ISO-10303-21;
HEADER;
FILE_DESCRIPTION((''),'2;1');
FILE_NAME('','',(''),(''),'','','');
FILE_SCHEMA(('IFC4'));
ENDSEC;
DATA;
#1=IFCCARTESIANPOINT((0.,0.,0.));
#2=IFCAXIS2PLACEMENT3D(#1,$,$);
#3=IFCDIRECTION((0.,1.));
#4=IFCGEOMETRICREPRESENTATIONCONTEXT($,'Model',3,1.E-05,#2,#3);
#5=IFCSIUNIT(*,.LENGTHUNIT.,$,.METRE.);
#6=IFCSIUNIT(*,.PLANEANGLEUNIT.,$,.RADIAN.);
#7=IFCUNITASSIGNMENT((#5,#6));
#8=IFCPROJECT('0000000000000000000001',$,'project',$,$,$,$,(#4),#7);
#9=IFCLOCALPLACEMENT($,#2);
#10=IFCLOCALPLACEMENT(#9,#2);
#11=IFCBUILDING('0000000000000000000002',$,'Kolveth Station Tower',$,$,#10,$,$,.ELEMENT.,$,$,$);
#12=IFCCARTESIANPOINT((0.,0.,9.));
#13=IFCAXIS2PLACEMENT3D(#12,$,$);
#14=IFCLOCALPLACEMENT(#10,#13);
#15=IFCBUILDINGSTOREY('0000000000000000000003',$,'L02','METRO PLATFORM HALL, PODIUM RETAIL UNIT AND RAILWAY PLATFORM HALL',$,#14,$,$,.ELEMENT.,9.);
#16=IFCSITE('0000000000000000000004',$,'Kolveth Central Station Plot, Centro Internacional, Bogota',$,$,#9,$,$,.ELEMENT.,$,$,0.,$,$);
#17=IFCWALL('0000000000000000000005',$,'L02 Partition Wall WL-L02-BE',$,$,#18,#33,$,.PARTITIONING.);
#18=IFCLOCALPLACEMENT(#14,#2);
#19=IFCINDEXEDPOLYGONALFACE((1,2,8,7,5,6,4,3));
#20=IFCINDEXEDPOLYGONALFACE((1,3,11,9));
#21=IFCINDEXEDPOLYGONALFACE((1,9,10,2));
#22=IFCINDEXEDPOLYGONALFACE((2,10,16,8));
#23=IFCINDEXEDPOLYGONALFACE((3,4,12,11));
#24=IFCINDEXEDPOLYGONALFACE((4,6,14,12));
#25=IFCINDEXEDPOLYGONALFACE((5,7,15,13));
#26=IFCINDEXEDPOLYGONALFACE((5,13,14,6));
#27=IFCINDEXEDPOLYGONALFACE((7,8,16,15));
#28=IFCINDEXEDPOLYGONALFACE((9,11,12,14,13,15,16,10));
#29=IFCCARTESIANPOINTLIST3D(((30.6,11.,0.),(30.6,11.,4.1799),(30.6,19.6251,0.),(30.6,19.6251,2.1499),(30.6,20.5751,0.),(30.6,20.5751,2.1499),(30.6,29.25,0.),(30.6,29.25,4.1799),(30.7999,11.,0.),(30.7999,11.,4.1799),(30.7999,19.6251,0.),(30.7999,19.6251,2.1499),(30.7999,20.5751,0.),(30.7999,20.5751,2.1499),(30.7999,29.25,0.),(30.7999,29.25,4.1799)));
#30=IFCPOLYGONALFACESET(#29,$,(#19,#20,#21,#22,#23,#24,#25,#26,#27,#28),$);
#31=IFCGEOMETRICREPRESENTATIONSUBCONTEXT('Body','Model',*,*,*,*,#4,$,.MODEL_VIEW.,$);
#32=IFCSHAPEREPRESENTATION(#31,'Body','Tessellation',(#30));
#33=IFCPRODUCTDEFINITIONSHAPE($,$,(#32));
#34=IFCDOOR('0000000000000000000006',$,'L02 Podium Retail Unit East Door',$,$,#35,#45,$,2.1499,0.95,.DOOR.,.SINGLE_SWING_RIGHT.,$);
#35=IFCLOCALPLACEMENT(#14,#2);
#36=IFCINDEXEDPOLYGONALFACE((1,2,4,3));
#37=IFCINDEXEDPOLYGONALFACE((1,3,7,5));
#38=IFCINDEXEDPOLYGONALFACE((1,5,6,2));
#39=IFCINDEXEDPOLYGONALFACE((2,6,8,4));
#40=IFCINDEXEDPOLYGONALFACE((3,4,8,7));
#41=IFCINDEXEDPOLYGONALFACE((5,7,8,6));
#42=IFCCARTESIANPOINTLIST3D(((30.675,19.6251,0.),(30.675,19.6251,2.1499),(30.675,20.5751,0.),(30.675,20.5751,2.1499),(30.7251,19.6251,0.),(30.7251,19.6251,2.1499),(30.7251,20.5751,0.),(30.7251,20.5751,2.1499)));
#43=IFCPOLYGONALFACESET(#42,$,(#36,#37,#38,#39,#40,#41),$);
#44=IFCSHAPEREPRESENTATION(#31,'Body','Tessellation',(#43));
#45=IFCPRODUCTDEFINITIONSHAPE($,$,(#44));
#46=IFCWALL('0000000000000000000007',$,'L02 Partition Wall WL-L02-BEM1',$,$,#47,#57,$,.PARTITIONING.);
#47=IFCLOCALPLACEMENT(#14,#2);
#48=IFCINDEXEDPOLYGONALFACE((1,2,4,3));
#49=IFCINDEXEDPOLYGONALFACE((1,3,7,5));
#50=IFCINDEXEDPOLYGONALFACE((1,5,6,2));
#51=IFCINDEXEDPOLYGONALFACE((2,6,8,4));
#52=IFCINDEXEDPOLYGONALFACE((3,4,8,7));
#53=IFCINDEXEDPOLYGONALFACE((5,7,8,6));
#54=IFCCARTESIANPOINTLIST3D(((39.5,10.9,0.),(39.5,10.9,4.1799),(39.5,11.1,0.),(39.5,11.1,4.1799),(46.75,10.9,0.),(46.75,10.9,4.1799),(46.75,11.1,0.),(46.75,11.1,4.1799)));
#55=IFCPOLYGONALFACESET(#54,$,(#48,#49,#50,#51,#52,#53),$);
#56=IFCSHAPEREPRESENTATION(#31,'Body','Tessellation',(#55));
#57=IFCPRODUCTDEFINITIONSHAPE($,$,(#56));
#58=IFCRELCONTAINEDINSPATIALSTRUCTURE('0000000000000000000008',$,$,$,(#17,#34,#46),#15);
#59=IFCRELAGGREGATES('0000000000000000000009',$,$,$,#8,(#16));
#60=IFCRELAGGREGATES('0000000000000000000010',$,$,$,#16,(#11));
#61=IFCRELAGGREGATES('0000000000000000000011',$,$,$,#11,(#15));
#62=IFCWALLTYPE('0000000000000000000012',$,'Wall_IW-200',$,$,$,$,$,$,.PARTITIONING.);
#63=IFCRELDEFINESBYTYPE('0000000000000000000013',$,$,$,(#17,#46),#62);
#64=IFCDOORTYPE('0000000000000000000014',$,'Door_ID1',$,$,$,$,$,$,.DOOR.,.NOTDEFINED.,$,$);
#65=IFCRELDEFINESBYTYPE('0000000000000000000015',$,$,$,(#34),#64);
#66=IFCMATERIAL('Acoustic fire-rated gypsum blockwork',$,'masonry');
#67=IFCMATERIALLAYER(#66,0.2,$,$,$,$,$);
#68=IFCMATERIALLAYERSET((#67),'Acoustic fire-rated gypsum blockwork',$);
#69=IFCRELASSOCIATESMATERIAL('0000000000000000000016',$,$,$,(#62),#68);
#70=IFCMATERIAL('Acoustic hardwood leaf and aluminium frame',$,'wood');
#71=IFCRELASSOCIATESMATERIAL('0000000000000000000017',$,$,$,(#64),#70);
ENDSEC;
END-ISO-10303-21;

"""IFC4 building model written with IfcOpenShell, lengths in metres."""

from ifc_helpers import new_model, si_unit, direction, frame, frame_2d, origin, place, context, subcontext, project, spatial, rectangle, extrude, material, layer, layer_set, type_object, element, fill, save


model = new_model("IFC4")

# Units and contexts
model_context = context("Model", 3, precision=1e-05, world=origin(), true_north=direction((0.0, 1.0)))
body_context = subcontext(model_context, "Body", "Model", "MODEL_VIEW")
ifc_project = project(units=[si_unit("LENGTHUNIT", "METRE"), si_unit("PLANEANGLEUNIT", "RADIAN")], contexts=[model_context])

# Site, building, storey
site_placement = place(None, origin())
site = spatial("IfcSite", under=ifc_project, at=site_placement, Name="Kolveth Central Station Plot, Centro Internacional, Bogota", CompositionType="ELEMENT", RefElevation=0.0)
building_placement = place(site_placement, origin())
building = spatial("IfcBuilding", under=site, at=building_placement, Name="Kolveth Station Tower", CompositionType="ELEMENT")
storey_placement = place(building_placement, frame((0.0, 0.0, 9.0)))
storey = spatial("IfcBuildingStorey", under=building, at=storey_placement, Name="L02", Description="METRO PLATFORM HALL, PODIUM RETAIL UNIT AND RAILWAY PLATFORM HALL", CompositionType="ELEMENT", Elevation=9.0)

# Shared definitions
ifc_material_1 = material(Name="Acoustic fire-rated gypsum blockwork", Category="masonry")
ifc_layer_1 = layer(ifc_material_1, 0.2)
ifc_layer_set_1 = layer_set([ifc_layer_1], Name="Acoustic fire-rated gypsum blockwork")
wall_type_1 = type_object("IfcWallType", Name="Wall_IW-200", PredefinedType="PARTITIONING", material=ifc_layer_set_1)

# Wall, opening, door
wall_1_placement = place(storey_placement, frame((30.7, 11.0, 0.0), z_axis=(0.0, 0.0, 1.0), x_axis=(0.0, 1.0, 0.0)))
wall_1 = element("IfcWall", 1, at=wall_1_placement, inside=storey, type_object=wall_type_1, Name="L02 Partition Wall WL-L02-BE", PredefinedType="PARTITIONING", context=body_context, shape_type="SweptSolid", body=[
    extrude(rectangle(XDim=18.25, YDim=0.2, at=frame_2d((9.125, 0.0))), origin(), (0.0, 0.0, 1.0), 4.1799),
])
opening_placement = place(wall_1_placement, frame((8.625, 0.0, 0.0)))
opening = element("IfcOpeningElement", 2, at=opening_placement, cuts=wall_1, PredefinedType="OPENING", context=body_context, shape_type="SweptSolid", body=[
    extrude(rectangle(XDim=0.95, YDim=2.1499, at=frame_2d((0.4751, 1.075))), frame((0.0, 0.1099, 0.0), z_axis=(0.0, -1.0, 0.0), x_axis=(1.0, 0.0, 0.0)), (0.0, 0.0, 1.0), 0.22),
])
ifc_material_2 = material(Name="Acoustic hardwood leaf and aluminium frame", Category="wood")
door_type = type_object("IfcDoorType", Name="Door_ID1", OperationType="NOTDEFINED", PredefinedType="DOOR", material=ifc_material_2)
door_placement = place(opening_placement, origin())
door = element("IfcDoor", 3, at=door_placement, inside=storey, type_object=door_type, Name="L02 Podium Retail Unit East Door", OperationType="SINGLE_SWING_RIGHT", OverallHeight=2.1499, OverallWidth=0.95, PredefinedType="DOOR", context=body_context, shape_type="SweptSolid", body=[
    extrude(rectangle(XDim=0.95, YDim=2.1499, at=frame_2d((0.4751, 1.075))), frame((0.0, 0.0249, 0.0), z_axis=(0.0, -1.0, 0.0), x_axis=(1.0, 0.0, 0.0)), (0.0, 0.0, 1.0), 0.05),
])
fill(opening, door)

# Wall
wall_2_placement = place(storey_placement, frame((39.5, 11.0, 0.0), z_axis=(0.0, 0.0, 1.0), x_axis=(1.0, 0.0, 0.0)))
element("IfcWall", 4, at=wall_2_placement, inside=storey, type_object=wall_type_1, Name="L02 Partition Wall WL-L02-BEM1", PredefinedType="PARTITIONING", context=body_context, shape_type="SweptSolid", body=[
    extrude(rectangle(XDim=7.25, YDim=0.2, at=frame_2d((3.625, 0.0))), origin(), (0.0, 0.0, 1.0), 4.1799),
])

save(model, "model.ifc")
